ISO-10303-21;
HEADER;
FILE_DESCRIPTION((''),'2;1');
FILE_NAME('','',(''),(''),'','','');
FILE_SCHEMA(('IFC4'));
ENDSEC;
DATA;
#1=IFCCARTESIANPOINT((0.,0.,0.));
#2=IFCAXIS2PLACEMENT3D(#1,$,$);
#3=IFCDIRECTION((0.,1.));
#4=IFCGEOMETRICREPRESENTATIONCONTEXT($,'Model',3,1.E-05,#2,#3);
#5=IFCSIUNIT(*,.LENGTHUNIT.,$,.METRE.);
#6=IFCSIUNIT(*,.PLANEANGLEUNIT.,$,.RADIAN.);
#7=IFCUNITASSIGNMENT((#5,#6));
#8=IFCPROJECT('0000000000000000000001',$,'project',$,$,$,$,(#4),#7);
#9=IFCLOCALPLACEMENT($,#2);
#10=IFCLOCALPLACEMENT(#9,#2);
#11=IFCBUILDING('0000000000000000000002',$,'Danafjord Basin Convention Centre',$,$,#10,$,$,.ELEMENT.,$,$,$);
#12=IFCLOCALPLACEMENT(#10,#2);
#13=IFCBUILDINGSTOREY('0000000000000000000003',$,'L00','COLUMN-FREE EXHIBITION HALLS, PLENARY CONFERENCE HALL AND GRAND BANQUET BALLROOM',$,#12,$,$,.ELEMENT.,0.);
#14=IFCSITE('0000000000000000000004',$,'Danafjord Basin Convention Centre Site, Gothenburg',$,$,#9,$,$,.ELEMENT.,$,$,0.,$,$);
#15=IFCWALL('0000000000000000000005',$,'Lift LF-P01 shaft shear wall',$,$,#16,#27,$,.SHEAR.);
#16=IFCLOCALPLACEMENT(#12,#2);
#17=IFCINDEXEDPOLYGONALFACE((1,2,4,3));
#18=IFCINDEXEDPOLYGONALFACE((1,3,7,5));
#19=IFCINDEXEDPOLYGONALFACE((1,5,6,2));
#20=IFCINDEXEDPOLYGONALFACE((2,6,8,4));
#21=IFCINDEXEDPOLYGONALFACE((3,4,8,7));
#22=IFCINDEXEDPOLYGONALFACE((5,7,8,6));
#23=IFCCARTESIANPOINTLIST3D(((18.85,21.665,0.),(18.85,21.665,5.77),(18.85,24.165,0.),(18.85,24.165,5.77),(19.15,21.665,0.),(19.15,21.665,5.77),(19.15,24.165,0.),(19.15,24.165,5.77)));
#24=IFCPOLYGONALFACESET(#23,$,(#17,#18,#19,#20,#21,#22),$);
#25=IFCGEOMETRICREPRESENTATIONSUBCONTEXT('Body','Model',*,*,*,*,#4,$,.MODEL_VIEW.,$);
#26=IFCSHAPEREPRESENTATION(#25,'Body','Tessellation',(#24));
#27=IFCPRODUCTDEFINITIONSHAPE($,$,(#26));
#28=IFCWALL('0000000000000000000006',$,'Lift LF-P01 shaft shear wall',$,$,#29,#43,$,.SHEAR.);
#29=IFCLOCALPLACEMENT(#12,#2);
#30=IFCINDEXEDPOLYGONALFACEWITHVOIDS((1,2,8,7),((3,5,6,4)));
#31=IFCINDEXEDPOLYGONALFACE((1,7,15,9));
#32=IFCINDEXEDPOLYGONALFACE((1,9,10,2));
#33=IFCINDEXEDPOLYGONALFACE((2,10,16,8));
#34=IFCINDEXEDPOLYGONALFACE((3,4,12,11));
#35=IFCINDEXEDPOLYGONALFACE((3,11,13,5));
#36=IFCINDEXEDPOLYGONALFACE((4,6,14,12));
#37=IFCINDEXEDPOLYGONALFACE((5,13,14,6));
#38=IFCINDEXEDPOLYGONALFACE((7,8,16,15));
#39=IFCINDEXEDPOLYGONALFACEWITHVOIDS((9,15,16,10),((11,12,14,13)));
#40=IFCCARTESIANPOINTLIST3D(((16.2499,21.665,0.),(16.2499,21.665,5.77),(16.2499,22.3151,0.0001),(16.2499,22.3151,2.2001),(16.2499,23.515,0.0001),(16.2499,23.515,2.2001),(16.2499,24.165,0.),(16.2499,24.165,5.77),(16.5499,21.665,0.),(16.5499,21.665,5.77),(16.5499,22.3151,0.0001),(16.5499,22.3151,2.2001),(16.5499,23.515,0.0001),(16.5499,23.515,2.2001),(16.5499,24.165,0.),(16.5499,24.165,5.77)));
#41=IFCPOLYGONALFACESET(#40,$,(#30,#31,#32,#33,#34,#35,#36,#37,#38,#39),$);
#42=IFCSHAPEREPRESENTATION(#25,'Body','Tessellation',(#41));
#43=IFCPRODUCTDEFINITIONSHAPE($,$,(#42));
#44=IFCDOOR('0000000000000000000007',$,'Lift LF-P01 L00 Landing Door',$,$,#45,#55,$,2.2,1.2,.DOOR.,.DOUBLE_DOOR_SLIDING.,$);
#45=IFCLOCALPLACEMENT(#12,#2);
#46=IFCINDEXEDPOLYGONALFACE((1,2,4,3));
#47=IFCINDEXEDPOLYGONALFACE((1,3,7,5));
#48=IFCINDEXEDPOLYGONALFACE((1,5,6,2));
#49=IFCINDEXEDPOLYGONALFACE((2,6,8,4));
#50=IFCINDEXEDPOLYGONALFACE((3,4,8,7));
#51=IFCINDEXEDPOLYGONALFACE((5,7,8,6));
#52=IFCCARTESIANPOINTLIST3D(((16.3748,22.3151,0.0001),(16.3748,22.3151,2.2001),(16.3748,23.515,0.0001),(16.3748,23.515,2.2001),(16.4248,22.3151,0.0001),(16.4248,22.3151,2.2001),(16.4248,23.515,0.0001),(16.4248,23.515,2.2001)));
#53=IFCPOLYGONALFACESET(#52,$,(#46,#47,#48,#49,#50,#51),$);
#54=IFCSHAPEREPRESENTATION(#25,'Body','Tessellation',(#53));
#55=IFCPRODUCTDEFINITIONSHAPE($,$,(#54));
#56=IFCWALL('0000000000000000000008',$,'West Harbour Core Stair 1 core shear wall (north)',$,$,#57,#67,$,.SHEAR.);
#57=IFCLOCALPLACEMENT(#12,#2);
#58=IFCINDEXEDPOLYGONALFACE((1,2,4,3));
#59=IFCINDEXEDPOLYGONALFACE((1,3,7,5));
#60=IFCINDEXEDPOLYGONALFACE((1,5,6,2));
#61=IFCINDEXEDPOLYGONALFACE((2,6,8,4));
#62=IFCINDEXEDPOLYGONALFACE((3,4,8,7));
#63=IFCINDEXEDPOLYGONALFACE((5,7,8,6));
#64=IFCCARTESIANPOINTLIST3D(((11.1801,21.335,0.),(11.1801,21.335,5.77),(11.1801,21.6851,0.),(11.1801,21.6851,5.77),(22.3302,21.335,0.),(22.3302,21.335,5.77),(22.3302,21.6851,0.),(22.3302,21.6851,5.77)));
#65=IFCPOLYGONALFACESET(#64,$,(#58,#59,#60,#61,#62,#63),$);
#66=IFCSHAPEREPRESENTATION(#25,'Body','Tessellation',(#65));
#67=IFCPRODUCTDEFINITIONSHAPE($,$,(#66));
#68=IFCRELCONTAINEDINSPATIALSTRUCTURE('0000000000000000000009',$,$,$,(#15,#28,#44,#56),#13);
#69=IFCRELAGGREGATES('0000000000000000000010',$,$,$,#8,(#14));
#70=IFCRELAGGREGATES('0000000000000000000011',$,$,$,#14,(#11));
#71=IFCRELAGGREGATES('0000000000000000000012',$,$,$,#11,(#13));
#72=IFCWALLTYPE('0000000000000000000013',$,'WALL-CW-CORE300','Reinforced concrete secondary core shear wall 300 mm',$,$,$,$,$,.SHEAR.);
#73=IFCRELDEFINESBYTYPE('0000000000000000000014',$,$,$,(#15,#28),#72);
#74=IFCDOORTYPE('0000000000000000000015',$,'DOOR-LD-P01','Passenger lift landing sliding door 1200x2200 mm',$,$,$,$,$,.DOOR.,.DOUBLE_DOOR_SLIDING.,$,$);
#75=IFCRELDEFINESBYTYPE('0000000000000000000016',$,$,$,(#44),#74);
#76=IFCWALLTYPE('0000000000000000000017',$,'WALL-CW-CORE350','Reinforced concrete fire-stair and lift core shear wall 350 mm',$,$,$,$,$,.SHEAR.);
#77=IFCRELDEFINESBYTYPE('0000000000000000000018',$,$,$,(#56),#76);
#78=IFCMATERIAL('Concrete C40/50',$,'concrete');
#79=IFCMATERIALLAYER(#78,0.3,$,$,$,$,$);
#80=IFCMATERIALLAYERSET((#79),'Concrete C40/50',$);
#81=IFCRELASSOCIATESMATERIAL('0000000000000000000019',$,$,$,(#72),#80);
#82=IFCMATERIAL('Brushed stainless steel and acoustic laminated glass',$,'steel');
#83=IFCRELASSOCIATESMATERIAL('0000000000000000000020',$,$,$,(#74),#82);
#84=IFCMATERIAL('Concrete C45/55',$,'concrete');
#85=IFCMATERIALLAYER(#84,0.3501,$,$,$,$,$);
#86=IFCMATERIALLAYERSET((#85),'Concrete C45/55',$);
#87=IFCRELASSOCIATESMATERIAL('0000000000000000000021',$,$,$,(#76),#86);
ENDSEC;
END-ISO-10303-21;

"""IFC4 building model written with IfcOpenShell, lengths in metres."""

from ifc_helpers import new_model, si_unit, direction, frame, frame_2d, origin, place, context, subcontext, project, spatial, rectangle, extrude, material, layer, layer_set, type_object, element, fill, save


model = new_model("IFC4")

# Units and contexts
model_context = context("Model", 3, precision=1e-05, world=origin(), true_north=direction((0.0, 1.0)))
body_context = subcontext(model_context, "Body", "Model", "MODEL_VIEW")
ifc_project = project(units=[si_unit("LENGTHUNIT", "METRE"), si_unit("PLANEANGLEUNIT", "RADIAN")], contexts=[model_context])

# Site, building, storey
site_placement = place(None, origin())
site = spatial("IfcSite", under=ifc_project, at=site_placement, Name="Danafjord Basin Convention Centre Site, Gothenburg", CompositionType="ELEMENT", RefElevation=0.0)
building_placement = place(site_placement, origin())
building = spatial("IfcBuilding", under=site, at=building_placement, Name="Danafjord Basin Convention Centre", CompositionType="ELEMENT")
storey_placement = place(building_placement, origin())
storey = spatial("IfcBuildingStorey", under=building, at=storey_placement, Name="L00", Description="COLUMN-FREE EXHIBITION HALLS, PLENARY CONFERENCE HALL AND GRAND BANQUET BALLROOM", CompositionType="ELEMENT", Elevation=0.0)

# Shared definitions
ifc_material_1 = material(Name="Concrete C40/50", Category="concrete")
ifc_layer_1 = layer(ifc_material_1, 0.3)
ifc_layer_set_1 = layer_set([ifc_layer_1], Name="Concrete C40/50")
wall_type_1 = type_object("IfcWallType", Name="WALL-CW-CORE300", Description="Reinforced concrete secondary core shear wall 300 mm", PredefinedType="SHEAR", material=ifc_layer_set_1)

# Shared definitions
ifc_material_2 = material(Name="Brushed stainless steel and acoustic laminated glass", Category="steel")

# Wall
wall_1_placement = place(storey_placement, frame((19.0, 21.665, 0.0), z_axis=(0.0, 0.0, 1.0), x_axis=(0.0, 1.0, 0.0)))
element("IfcWall", 1, at=wall_1_placement, inside=storey, type_object=wall_type_1, Name="Lift LF-P01 shaft shear wall", PredefinedType="SHEAR", context=body_context, shape_type="SweptSolid", body=[
    extrude(rectangle(XDim=2.5, YDim=0.3, at=frame_2d((1.25, 0.0))), origin(), (0.0, 0.0, 1.0), 5.77),
])

# Wall, opening, door
wall_2_placement = place(storey_placement, frame((16.3999, 24.165, 0.0), z_axis=(0.0, 0.0, 1.0), x_axis=(0.0, -1.0, 0.0)))
wall_2 = element("IfcWall", 2, at=wall_2_placement, inside=storey, type_object=wall_type_1, Name="Lift LF-P01 shaft shear wall", PredefinedType="SHEAR", context=body_context, shape_type="SweptSolid", body=[
    extrude(rectangle(XDim=2.5, YDim=0.3, at=frame_2d((1.25, 0.0))), origin(), (0.0, 0.0, 1.0), 5.77),
])
opening_1_placement = place(wall_2_placement, frame((0.6499, 0.0, 0.0)))
opening_1 = element("IfcOpeningElement", 3, at=opening_1_placement, cuts=wall_2, PredefinedType="OPENING", context=body_context, shape_type="SweptSolid", body=[
    extrude(rectangle(XDim=1.2, YDim=2.2, at=frame_2d((0.6001, 1.1001))), frame((0.0, 0.1599, 0.0), z_axis=(0.0, -1.0, 0.0), x_axis=(1.0, 0.0, 0.0)), (0.0, 0.0, 1.0), 0.3201),
])
door_type_1 = type_object("IfcDoorType", Name="DOOR-LD-P01", Description="Passenger lift landing sliding door 1200x2200 mm", OperationType="DOUBLE_DOOR_SLIDING", PredefinedType="DOOR", material=ifc_material_2)
door_1_placement = place(opening_1_placement, origin())
door_1 = element("IfcDoor", 4, at=door_1_placement, inside=storey, type_object=door_type_1, Name="Lift LF-P01 L00 Landing Door", OperationType="DOUBLE_DOOR_SLIDING", OverallHeight=2.2, OverallWidth=1.2, PredefinedType="DOOR", context=body_context, shape_type="SweptSolid", body=[
    extrude(rectangle(XDim=1.2, YDim=2.2, at=frame_2d((0.6001, 1.1001))), frame((0.0, 0.0249, 0.0), z_axis=(0.0, -1.0, 0.0), x_axis=(1.0, 0.0, 0.0)), (0.0, 0.0, 1.0), 0.05),
])
fill(opening_1, door_1)

# Wall
ifc_material_3 = material(Name="Concrete C45/55", Category="concrete")
ifc_layer_2 = layer(ifc_material_3, 0.3501)
ifc_layer_set_2 = layer_set([ifc_layer_2], Name="Concrete C45/55")
wall_type_2 = type_object("IfcWallType", Name="WALL-CW-CORE350", Description="Reinforced concrete fire-stair and lift core shear wall 350 mm", PredefinedType="SHEAR", material=ifc_layer_set_2)
wall_3_placement = place(storey_placement, frame((11.1799, 21.51, 0.0), z_axis=(0.0, 0.0, 1.0), x_axis=(1.0, 0.0, 0.0)))
element("IfcWall", 5, at=wall_3_placement, inside=storey, type_object=wall_type_2, Name="West Harbour Core Stair 1 core shear wall (north)", PredefinedType="SHEAR", context=body_context, shape_type="SweptSolid", body=[
    extrude(rectangle(XDim=11.1501, YDim=0.3501, at=frame_2d((5.5752, 0.0))), origin(), (0.0, 0.0, 1.0), 5.77),
])

save(model, "model.ifc")
